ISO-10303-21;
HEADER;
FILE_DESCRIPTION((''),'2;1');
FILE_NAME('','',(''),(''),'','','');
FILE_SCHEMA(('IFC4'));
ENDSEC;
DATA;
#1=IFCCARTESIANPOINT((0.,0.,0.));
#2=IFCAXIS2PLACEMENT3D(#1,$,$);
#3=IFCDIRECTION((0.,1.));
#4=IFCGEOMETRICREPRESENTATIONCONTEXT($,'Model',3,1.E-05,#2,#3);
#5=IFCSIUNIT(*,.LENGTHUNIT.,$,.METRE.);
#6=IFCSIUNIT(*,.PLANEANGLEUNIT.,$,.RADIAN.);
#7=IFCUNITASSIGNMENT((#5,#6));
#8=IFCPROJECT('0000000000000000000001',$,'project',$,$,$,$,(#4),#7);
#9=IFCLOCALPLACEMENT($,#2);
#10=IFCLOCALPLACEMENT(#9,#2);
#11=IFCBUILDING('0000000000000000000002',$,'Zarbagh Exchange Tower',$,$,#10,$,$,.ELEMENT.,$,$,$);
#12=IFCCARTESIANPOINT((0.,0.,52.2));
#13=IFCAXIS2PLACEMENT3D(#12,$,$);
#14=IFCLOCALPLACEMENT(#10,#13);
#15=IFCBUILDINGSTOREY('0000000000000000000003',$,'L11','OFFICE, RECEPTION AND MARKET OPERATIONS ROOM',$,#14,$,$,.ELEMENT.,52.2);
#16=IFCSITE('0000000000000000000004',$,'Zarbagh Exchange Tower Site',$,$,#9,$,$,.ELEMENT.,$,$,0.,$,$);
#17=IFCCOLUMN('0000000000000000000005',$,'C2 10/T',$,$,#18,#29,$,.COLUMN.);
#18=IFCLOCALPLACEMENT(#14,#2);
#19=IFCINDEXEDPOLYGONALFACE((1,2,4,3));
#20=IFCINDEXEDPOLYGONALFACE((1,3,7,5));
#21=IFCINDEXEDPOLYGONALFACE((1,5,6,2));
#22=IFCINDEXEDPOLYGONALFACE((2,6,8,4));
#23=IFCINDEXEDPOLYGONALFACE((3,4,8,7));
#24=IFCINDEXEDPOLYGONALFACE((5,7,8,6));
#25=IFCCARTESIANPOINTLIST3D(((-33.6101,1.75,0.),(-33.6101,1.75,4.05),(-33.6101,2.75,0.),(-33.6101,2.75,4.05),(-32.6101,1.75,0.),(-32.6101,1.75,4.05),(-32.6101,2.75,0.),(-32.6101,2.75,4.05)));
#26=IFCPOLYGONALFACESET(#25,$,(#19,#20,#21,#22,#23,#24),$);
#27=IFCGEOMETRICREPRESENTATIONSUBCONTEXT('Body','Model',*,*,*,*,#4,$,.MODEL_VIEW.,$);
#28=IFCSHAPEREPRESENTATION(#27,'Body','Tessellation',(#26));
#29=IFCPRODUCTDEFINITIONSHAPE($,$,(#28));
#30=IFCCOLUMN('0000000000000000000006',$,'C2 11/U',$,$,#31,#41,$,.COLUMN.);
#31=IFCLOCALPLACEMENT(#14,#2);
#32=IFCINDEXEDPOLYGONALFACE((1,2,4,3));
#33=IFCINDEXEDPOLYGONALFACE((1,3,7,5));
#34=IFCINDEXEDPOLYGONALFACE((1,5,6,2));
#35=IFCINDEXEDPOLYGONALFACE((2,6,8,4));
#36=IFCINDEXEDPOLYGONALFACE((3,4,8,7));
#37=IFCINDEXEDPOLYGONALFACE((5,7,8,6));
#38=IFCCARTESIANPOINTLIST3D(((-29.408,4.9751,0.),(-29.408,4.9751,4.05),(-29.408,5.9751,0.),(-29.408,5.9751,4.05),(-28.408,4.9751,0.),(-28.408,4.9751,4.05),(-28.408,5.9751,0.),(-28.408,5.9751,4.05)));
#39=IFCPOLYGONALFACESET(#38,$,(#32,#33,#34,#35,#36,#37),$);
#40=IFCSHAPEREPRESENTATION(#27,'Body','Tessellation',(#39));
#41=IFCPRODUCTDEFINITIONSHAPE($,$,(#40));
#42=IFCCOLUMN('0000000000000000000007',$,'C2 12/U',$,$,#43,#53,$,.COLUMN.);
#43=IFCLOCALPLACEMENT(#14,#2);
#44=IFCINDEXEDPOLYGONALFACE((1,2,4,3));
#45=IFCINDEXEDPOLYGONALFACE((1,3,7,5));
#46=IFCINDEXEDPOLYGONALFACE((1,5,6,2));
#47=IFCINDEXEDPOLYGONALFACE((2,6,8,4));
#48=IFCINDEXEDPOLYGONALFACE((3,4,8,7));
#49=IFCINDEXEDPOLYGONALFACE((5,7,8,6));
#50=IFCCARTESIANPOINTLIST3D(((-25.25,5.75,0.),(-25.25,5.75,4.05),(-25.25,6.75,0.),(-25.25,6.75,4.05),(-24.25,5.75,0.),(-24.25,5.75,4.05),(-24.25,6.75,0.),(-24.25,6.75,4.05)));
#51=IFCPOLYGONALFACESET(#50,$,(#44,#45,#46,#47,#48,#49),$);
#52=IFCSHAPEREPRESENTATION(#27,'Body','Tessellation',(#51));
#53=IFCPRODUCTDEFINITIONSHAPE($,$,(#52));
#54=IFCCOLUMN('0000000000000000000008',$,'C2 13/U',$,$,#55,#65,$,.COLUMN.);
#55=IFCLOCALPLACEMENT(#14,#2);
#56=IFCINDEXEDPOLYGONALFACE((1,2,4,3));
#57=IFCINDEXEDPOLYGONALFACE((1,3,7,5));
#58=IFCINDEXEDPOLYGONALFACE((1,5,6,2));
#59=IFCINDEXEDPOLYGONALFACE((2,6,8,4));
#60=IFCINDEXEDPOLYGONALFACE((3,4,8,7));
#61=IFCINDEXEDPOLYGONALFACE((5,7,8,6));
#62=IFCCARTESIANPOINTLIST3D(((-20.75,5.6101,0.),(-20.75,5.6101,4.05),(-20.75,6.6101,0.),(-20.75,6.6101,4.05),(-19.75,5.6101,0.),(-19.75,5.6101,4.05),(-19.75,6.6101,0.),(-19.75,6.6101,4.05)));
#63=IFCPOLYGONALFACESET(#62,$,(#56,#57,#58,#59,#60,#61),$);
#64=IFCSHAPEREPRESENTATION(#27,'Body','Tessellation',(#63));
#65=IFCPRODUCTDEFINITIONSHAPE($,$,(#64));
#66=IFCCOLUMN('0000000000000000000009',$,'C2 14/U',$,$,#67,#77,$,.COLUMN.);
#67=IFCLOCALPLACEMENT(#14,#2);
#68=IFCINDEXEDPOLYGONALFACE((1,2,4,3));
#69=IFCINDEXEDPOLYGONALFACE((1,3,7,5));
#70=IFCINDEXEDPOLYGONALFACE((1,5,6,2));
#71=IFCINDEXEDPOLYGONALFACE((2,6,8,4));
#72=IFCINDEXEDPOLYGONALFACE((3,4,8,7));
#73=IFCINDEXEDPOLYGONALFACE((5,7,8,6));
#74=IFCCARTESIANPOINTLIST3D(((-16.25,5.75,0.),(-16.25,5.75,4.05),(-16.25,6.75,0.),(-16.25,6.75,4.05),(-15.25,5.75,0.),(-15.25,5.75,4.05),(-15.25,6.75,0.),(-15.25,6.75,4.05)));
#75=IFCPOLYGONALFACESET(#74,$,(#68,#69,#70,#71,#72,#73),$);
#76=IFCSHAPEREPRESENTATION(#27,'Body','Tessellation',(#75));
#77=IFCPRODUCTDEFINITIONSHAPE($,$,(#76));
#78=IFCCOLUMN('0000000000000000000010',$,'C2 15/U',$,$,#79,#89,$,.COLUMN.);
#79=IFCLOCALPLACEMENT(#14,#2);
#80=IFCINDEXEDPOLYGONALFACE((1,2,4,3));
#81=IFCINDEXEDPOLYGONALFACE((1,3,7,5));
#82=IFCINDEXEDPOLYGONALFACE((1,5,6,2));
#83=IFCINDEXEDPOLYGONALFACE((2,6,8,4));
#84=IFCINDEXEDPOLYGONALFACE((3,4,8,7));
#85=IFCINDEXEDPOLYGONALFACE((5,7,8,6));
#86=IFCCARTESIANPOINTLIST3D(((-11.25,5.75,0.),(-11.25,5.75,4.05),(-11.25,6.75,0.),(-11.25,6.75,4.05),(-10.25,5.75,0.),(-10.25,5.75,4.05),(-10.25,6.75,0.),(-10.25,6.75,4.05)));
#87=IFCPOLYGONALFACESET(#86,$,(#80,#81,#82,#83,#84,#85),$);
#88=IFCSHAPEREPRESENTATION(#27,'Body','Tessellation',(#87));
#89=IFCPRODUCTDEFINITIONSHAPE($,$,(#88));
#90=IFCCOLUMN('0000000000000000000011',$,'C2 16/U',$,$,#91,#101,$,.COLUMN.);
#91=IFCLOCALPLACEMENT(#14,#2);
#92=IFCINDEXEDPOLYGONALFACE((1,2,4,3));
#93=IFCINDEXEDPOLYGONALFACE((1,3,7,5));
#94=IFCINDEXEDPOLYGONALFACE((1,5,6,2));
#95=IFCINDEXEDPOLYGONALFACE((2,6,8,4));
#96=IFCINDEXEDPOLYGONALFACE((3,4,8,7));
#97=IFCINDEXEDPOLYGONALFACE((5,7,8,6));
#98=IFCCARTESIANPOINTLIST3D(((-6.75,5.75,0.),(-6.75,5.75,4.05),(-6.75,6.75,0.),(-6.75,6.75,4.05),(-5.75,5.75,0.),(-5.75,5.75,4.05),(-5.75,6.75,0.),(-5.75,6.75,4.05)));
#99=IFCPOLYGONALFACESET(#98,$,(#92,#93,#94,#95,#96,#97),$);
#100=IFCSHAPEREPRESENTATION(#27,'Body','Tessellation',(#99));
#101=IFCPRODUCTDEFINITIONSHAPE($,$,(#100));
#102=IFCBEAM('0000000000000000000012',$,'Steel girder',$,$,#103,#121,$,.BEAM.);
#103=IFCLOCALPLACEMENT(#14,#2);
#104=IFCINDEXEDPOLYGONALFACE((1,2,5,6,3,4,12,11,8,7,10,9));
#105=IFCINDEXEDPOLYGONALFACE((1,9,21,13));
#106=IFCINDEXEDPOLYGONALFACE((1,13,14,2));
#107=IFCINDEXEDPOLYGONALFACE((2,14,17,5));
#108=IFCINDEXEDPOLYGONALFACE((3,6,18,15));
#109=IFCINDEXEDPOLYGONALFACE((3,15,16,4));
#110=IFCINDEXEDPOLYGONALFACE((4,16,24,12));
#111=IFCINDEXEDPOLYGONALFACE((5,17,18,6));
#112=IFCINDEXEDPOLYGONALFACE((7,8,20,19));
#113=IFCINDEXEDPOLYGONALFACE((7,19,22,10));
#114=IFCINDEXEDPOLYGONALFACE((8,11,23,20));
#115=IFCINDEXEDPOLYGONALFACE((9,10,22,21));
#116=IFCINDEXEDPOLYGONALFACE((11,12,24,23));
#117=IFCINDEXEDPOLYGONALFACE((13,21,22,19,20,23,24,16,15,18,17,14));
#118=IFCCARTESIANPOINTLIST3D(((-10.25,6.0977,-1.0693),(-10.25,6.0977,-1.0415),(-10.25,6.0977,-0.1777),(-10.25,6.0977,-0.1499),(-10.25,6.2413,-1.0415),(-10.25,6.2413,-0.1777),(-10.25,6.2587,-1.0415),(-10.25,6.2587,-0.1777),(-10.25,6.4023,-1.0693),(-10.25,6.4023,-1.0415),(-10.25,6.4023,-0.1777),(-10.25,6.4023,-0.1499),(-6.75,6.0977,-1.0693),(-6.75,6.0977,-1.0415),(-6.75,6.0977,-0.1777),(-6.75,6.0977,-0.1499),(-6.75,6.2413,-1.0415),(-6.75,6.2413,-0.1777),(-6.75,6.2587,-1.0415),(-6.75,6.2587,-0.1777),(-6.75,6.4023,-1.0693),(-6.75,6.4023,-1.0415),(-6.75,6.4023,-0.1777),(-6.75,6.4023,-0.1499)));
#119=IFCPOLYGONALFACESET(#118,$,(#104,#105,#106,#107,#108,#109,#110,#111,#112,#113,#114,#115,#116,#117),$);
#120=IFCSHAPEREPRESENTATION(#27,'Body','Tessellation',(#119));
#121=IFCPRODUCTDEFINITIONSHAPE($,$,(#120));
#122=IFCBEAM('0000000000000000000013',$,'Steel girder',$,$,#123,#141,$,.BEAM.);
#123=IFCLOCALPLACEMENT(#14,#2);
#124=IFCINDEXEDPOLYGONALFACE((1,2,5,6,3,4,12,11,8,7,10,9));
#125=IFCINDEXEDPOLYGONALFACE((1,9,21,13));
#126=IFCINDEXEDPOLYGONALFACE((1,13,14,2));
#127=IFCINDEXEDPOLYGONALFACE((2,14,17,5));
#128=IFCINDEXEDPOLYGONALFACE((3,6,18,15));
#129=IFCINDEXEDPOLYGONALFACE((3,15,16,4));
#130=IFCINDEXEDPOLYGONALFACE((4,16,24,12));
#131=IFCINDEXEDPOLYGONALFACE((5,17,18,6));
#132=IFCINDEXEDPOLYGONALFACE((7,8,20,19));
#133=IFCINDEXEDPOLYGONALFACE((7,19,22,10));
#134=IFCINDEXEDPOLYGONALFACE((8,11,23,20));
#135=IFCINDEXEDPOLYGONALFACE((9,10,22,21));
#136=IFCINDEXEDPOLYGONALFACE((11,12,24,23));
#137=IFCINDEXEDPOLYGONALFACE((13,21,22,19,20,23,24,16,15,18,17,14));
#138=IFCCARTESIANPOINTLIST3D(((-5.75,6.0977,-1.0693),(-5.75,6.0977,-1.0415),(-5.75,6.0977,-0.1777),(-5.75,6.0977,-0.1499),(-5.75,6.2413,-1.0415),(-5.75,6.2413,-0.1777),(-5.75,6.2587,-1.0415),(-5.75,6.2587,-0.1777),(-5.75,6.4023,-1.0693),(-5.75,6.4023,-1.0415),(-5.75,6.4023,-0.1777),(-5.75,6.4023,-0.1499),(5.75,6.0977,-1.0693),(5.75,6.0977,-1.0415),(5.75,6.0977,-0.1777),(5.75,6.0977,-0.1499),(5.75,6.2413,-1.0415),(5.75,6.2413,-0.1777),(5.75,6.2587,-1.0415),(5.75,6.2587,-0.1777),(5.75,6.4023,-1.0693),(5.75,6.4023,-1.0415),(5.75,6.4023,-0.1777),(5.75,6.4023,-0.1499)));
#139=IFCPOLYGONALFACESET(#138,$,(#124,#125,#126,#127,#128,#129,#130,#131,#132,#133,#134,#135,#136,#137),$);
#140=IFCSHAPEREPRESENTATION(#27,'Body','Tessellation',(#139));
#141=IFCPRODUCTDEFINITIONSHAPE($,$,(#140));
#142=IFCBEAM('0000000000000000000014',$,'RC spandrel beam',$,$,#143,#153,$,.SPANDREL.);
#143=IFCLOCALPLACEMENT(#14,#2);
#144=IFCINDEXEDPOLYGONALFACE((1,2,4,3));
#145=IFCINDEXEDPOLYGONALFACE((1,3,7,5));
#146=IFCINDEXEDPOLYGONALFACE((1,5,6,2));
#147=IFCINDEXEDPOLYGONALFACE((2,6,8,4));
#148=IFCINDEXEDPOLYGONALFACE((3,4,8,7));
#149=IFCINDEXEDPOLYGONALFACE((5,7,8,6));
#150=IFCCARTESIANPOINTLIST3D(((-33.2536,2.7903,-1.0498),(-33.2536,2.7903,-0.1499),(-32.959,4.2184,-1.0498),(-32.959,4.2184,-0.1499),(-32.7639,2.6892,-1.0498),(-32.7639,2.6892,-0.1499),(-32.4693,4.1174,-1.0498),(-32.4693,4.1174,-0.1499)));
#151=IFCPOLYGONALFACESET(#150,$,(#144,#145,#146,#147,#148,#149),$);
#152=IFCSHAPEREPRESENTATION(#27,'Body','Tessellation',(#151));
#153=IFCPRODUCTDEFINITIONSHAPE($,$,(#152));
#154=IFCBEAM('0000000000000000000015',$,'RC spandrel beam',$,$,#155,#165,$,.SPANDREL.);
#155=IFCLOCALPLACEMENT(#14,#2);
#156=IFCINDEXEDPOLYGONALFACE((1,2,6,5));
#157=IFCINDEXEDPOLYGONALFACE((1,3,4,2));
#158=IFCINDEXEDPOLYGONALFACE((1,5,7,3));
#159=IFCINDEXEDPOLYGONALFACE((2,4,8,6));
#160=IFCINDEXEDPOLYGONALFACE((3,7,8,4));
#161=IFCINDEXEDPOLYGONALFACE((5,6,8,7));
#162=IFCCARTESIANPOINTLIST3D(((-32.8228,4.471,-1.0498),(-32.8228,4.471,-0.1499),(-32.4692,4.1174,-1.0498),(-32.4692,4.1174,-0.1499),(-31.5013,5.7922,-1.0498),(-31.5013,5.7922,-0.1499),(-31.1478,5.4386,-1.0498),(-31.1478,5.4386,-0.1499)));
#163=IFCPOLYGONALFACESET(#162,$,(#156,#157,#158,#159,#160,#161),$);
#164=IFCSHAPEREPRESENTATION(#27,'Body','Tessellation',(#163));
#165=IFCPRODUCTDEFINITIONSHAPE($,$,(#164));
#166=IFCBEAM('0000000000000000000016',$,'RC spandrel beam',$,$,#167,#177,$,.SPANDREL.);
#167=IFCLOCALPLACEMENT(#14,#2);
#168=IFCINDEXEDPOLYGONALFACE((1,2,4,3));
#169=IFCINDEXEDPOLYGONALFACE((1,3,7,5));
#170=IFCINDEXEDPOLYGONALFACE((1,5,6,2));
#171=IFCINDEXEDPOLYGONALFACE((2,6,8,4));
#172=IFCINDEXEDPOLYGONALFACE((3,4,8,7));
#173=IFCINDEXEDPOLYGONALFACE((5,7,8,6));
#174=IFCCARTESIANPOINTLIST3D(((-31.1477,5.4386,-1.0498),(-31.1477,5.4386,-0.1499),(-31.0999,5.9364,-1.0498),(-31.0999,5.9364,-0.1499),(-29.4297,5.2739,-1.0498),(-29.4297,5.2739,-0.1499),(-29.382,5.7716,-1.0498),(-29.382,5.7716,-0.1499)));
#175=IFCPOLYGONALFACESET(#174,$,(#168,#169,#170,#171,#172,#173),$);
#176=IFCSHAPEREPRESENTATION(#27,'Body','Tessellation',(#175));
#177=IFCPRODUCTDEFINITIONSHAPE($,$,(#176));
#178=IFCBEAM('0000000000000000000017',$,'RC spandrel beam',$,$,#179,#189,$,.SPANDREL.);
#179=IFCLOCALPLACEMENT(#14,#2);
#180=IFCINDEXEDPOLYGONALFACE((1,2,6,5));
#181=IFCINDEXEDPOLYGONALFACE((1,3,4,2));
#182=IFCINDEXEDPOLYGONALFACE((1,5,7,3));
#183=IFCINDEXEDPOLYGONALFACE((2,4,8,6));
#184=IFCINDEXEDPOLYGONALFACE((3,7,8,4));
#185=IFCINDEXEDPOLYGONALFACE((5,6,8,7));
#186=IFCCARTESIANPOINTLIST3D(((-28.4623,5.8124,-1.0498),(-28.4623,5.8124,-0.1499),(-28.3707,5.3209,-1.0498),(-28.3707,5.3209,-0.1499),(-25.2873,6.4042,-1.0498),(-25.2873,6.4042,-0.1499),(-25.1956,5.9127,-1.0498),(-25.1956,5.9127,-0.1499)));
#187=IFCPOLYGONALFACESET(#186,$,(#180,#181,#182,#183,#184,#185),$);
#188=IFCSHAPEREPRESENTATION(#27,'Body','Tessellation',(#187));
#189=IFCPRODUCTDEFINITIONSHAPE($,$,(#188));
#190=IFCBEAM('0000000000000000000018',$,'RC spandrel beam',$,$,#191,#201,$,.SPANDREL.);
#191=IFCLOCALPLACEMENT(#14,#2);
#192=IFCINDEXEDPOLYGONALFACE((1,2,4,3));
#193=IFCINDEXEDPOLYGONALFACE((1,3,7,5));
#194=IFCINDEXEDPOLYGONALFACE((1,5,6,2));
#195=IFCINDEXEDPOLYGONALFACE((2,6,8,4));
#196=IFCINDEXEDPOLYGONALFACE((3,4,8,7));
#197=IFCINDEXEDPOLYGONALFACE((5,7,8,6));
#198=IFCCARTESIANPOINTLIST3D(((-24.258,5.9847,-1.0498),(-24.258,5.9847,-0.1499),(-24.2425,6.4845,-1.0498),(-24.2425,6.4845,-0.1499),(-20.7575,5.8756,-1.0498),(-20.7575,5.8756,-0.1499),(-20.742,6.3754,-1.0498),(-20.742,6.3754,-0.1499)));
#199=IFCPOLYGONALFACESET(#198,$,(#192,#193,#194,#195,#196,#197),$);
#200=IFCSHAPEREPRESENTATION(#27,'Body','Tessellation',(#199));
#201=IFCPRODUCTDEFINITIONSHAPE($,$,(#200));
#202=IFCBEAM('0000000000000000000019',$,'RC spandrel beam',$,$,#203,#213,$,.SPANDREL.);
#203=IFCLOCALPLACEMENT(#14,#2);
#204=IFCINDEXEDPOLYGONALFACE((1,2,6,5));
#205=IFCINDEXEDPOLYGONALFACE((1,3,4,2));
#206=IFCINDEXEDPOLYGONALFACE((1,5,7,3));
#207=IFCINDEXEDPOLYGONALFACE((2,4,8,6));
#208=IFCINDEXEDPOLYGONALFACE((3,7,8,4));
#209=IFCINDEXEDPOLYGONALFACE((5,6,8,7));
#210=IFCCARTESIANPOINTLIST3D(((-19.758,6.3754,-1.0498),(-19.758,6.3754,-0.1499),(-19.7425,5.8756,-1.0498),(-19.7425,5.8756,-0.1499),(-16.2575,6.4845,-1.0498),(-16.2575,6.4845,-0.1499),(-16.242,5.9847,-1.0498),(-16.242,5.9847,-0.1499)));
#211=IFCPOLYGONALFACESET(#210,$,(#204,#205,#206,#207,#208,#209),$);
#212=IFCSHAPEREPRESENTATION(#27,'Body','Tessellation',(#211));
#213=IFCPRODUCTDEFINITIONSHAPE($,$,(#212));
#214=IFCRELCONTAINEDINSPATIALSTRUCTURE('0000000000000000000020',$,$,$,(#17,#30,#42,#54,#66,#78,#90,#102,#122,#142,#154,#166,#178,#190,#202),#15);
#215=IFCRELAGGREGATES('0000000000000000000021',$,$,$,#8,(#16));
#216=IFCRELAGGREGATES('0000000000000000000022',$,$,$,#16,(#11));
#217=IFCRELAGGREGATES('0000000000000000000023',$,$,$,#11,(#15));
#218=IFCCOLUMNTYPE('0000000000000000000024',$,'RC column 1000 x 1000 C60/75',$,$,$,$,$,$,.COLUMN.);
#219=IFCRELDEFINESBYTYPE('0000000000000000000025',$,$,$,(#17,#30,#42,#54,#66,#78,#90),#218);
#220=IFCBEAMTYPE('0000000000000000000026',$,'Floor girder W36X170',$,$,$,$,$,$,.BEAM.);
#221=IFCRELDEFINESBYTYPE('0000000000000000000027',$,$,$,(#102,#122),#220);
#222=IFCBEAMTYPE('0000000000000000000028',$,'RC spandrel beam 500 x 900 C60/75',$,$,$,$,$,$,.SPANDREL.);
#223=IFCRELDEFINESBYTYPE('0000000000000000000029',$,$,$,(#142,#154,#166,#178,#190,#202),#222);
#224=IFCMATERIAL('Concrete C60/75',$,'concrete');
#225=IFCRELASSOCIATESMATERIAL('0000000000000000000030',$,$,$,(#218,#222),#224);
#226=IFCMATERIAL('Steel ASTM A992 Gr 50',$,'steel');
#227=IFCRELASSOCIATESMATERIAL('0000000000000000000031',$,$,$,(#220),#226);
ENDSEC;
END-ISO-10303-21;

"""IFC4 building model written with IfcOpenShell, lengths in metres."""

from ifc_helpers import new_model, si_unit, direction, frame, origin, origin_2d, place, context, subcontext, project, spatial, rectangle, i_section, extrude, material, material_profile, profile_set, type_object, element, save


model = new_model("IFC4")

# Units and contexts
model_context = context("Model", 3, precision=1e-05, world=origin(), true_north=direction((0.0, 1.0)))
body_context = subcontext(model_context, "Body", "Model", "MODEL_VIEW")
ifc_project = project(units=[si_unit("LENGTHUNIT", "METRE"), si_unit("PLANEANGLEUNIT", "RADIAN")], contexts=[model_context])

# Site, building, storey
site_placement = place(None, origin())
site = spatial("IfcSite", under=ifc_project, at=site_placement, Name="Zarbagh Exchange Tower Site", CompositionType="ELEMENT", RefElevation=0.0)
building_placement = place(site_placement, origin())
building = spatial("IfcBuilding", under=site, at=building_placement, Name="Zarbagh Exchange Tower", CompositionType="ELEMENT")
storey_placement = place(building_placement, frame((0.0, 0.0, 52.2)))
storey = spatial("IfcBuildingStorey", under=building, at=storey_placement, Name="L11", Description="OFFICE, RECEPTION AND MARKET OPERATIONS ROOM", CompositionType="ELEMENT", Elevation=52.2)

# Columns
ifc_material_1 = material(Name="Concrete C60/75", Category="concrete")
ifc_material_profile_1 = material_profile(ifc_material_1, rectangle(XDim=1.0, YDim=1.0, at=origin_2d()), Name="RC column 1000 x 1000 C60/75")
ifc_profile_set_1 = profile_set([ifc_material_profile_1], Name="Concrete C60/75")
column_type = type_object("IfcColumnType", Name="RC column 1000 x 1000 C60/75", PredefinedType="COLUMN", material=ifc_profile_set_1)
for number, where, z_axis, x_axis, name in (
    (1, (-33.1101, 2.25, 0.0), (0.0, 0.0, 1.0), (1.0, 0.0, 0.0), "C2 10/T"),
    (2, (-28.908, 5.4751, 0.0), (0.0, 0.0, 1.0), (1.0, 0.0, 0.0), "C2 11/U"),
    (3, (-24.75, 6.25, 0.0), (0.0, 0.0, 1.0), (1.0, 0.0, 0.0), "C2 12/U"),
    (4, (-20.25, 6.1101, 0.0), (0.0, 0.0, 1.0), (1.0, 0.0, 0.0), "C2 13/U"),
    (5, (-15.75, 6.25, 0.0), (0.0, 0.0, 1.0), (1.0, 0.0, 0.0), "C2 14/U"),
    (6, (-10.75, 6.25, 0.0), (0.0, 0.0, 1.0), (1.0, 0.0, 0.0), "C2 15/U"),
    (7, (-6.25, 6.25, 0.0), (0.0, 0.0, 1.0), (1.0, 0.0, 0.0), "C2 16/U"),
):
    element("IfcColumn", number, at=place(storey_placement, frame(where, z_axis=z_axis, x_axis=x_axis)), inside=storey, type_object=column_type, Name=name, PredefinedType="COLUMN", context=body_context, shape_type="SweptSolid", body=[
        extrude(rectangle(XDim=1.0, YDim=1.0, at=origin_2d()), origin(), (0.0, 0.0, 1.0), 4.05),
    ])

# Beams
ifc_material_2 = material(Name="Steel ASTM A992 Gr 50", Category="steel")
ifc_material_profile_2 = material_profile(ifc_material_2, i_section(OverallWidth=0.3047, OverallDepth=0.9194, WebThickness=0.0173, FlangeThickness=0.0278, at=origin_2d()), Name="W36X170")
ifc_profile_set_2 = profile_set([ifc_material_profile_2], Name="Steel ASTM A992 Gr 50")
beam_type_1 = type_object("IfcBeamType", Name="Floor girder W36X170", PredefinedType="BEAM", material=ifc_profile_set_2)
beam_1_placement = place(storey_placement, frame((-10.25, 6.25, -0.6096), z_axis=(1.0, 0.0, 0.0), x_axis=(0.0, 1.0, 0.0)))
element("IfcBeam", 8, at=beam_1_placement, inside=storey, type_object=beam_type_1, Name="Steel girder", PredefinedType="BEAM", context=body_context, shape_type="SweptSolid", body=[
    extrude(i_section(OverallWidth=0.3047, OverallDepth=0.9194, WebThickness=0.0173, FlangeThickness=0.0278, at=origin_2d()), origin(), (0.0, 0.0, 1.0), 3.5),
])
beam_2_placement = place(storey_placement, frame((-5.75, 6.25, -0.6096), z_axis=(1.0, 0.0, 0.0), x_axis=(0.0, 1.0, 0.0)))
element("IfcBeam", 9, at=beam_2_placement, inside=storey, type_object=beam_type_1, Name="Steel girder", PredefinedType="BEAM", context=body_context, shape_type="SweptSolid", body=[
    extrude(i_section(OverallWidth=0.3047, OverallDepth=0.9194, WebThickness=0.0173, FlangeThickness=0.0278, at=origin_2d()), origin(), (0.0, 0.0, 1.0), 11.5),
])
ifc_material_profile_3 = material_profile(ifc_material_1, rectangle(XDim=0.5, YDim=0.8999, at=origin_2d()), Name="RC spandrel beam 500 x 900 C60/75")
ifc_profile_set_3 = profile_set([ifc_material_profile_3], Name="Concrete C60/75")
beam_type_2 = type_object("IfcBeamType", Name="RC spandrel beam 500 x 900 C60/75", PredefinedType="SPANDREL", material=ifc_profile_set_3)
beam_3_placement = place(storey_placement, frame((-33.0088, 2.7397, -0.5999), z_axis=(0.202069, 0.979371, 0.0), x_axis=(-0.979371, 0.202069, 0.0)))
element("IfcBeam", 10, at=beam_3_placement, inside=storey, type_object=beam_type_2, Name="RC spandrel beam", PredefinedType="SPANDREL", context=body_context, shape_type="SweptSolid", body=[
    extrude(rectangle(XDim=0.5, YDim=0.8999, at=origin_2d()), origin(), (0.0, 0.0, 1.0), 1.4583),
])
beam_4_placement = place(storey_placement, frame((-32.646, 4.2942, -0.5999), z_axis=(0.707172, 0.707041, 0.0), x_axis=(-0.707041, 0.707172, 0.0)))
element("IfcBeam", 11, at=beam_4_placement, inside=storey, type_object=beam_type_2, Name="RC spandrel beam", PredefinedType="SPANDREL", context=body_context, shape_type="SweptSolid", body=[
    extrude(rectangle(XDim=0.5, YDim=0.8999, at=origin_2d()), origin(), (0.0, 0.0, 1.0), 1.8687),
])
beam_5_placement = place(storey_placement, frame((-31.1238, 5.6875, -0.5999), z_axis=(0.995431, -0.095483, 0.0), x_axis=(0.095483, 0.995431, 0.0)))
element("IfcBeam", 12, at=beam_5_placement, inside=storey, type_object=beam_type_2, Name="RC spandrel beam", PredefinedType="SPANDREL", context=body_context, shape_type="SweptSolid", body=[
    extrude(rectangle(XDim=0.5, YDim=0.8999, at=origin_2d()), origin(), (0.0, 0.0, 1.0), 1.7258),
])
beam_6_placement = place(storey_placement, frame((-28.4165, 5.5667, -0.5999), z_axis=(0.983069, 0.183234, 0.0), x_axis=(-0.183234, 0.983069, 0.0)))
element("IfcBeam", 13, at=beam_6_placement, inside=storey, type_object=beam_type_2, Name="RC spandrel beam", PredefinedType="SPANDREL", context=body_context, shape_type="SweptSolid", body=[
    extrude(rectangle(XDim=0.5, YDim=0.8999, at=origin_2d()), origin(), (0.0, 0.0, 1.0), 3.2297),
])
for number, where, z_axis, x_axis, name in (
    (14, (-24.2502, 6.2346, -0.5999), (0.999514, -0.031161, 0.0), (0.031161, 0.999514, 0.0), "RC spandrel beam"),
    (15, (-19.7502, 6.1255, -0.5999), (0.999514, 0.031161, 0.0), (-0.031161, 0.999514, 0.0), "RC spandrel beam"),
):
    element("IfcBeam", number, at=place(storey_placement, frame(where, z_axis=z_axis, x_axis=x_axis)), inside=storey, type_object=beam_type_2, Name=name, PredefinedType="SPANDREL", context=body_context, shape_type="SweptSolid", body=[
        extrude(rectangle(XDim=0.5, YDim=0.8999, at=origin_2d()), origin(), (0.0, 0.0, 1.0), 3.5022),
    ])

save(model, "model.ifc")
